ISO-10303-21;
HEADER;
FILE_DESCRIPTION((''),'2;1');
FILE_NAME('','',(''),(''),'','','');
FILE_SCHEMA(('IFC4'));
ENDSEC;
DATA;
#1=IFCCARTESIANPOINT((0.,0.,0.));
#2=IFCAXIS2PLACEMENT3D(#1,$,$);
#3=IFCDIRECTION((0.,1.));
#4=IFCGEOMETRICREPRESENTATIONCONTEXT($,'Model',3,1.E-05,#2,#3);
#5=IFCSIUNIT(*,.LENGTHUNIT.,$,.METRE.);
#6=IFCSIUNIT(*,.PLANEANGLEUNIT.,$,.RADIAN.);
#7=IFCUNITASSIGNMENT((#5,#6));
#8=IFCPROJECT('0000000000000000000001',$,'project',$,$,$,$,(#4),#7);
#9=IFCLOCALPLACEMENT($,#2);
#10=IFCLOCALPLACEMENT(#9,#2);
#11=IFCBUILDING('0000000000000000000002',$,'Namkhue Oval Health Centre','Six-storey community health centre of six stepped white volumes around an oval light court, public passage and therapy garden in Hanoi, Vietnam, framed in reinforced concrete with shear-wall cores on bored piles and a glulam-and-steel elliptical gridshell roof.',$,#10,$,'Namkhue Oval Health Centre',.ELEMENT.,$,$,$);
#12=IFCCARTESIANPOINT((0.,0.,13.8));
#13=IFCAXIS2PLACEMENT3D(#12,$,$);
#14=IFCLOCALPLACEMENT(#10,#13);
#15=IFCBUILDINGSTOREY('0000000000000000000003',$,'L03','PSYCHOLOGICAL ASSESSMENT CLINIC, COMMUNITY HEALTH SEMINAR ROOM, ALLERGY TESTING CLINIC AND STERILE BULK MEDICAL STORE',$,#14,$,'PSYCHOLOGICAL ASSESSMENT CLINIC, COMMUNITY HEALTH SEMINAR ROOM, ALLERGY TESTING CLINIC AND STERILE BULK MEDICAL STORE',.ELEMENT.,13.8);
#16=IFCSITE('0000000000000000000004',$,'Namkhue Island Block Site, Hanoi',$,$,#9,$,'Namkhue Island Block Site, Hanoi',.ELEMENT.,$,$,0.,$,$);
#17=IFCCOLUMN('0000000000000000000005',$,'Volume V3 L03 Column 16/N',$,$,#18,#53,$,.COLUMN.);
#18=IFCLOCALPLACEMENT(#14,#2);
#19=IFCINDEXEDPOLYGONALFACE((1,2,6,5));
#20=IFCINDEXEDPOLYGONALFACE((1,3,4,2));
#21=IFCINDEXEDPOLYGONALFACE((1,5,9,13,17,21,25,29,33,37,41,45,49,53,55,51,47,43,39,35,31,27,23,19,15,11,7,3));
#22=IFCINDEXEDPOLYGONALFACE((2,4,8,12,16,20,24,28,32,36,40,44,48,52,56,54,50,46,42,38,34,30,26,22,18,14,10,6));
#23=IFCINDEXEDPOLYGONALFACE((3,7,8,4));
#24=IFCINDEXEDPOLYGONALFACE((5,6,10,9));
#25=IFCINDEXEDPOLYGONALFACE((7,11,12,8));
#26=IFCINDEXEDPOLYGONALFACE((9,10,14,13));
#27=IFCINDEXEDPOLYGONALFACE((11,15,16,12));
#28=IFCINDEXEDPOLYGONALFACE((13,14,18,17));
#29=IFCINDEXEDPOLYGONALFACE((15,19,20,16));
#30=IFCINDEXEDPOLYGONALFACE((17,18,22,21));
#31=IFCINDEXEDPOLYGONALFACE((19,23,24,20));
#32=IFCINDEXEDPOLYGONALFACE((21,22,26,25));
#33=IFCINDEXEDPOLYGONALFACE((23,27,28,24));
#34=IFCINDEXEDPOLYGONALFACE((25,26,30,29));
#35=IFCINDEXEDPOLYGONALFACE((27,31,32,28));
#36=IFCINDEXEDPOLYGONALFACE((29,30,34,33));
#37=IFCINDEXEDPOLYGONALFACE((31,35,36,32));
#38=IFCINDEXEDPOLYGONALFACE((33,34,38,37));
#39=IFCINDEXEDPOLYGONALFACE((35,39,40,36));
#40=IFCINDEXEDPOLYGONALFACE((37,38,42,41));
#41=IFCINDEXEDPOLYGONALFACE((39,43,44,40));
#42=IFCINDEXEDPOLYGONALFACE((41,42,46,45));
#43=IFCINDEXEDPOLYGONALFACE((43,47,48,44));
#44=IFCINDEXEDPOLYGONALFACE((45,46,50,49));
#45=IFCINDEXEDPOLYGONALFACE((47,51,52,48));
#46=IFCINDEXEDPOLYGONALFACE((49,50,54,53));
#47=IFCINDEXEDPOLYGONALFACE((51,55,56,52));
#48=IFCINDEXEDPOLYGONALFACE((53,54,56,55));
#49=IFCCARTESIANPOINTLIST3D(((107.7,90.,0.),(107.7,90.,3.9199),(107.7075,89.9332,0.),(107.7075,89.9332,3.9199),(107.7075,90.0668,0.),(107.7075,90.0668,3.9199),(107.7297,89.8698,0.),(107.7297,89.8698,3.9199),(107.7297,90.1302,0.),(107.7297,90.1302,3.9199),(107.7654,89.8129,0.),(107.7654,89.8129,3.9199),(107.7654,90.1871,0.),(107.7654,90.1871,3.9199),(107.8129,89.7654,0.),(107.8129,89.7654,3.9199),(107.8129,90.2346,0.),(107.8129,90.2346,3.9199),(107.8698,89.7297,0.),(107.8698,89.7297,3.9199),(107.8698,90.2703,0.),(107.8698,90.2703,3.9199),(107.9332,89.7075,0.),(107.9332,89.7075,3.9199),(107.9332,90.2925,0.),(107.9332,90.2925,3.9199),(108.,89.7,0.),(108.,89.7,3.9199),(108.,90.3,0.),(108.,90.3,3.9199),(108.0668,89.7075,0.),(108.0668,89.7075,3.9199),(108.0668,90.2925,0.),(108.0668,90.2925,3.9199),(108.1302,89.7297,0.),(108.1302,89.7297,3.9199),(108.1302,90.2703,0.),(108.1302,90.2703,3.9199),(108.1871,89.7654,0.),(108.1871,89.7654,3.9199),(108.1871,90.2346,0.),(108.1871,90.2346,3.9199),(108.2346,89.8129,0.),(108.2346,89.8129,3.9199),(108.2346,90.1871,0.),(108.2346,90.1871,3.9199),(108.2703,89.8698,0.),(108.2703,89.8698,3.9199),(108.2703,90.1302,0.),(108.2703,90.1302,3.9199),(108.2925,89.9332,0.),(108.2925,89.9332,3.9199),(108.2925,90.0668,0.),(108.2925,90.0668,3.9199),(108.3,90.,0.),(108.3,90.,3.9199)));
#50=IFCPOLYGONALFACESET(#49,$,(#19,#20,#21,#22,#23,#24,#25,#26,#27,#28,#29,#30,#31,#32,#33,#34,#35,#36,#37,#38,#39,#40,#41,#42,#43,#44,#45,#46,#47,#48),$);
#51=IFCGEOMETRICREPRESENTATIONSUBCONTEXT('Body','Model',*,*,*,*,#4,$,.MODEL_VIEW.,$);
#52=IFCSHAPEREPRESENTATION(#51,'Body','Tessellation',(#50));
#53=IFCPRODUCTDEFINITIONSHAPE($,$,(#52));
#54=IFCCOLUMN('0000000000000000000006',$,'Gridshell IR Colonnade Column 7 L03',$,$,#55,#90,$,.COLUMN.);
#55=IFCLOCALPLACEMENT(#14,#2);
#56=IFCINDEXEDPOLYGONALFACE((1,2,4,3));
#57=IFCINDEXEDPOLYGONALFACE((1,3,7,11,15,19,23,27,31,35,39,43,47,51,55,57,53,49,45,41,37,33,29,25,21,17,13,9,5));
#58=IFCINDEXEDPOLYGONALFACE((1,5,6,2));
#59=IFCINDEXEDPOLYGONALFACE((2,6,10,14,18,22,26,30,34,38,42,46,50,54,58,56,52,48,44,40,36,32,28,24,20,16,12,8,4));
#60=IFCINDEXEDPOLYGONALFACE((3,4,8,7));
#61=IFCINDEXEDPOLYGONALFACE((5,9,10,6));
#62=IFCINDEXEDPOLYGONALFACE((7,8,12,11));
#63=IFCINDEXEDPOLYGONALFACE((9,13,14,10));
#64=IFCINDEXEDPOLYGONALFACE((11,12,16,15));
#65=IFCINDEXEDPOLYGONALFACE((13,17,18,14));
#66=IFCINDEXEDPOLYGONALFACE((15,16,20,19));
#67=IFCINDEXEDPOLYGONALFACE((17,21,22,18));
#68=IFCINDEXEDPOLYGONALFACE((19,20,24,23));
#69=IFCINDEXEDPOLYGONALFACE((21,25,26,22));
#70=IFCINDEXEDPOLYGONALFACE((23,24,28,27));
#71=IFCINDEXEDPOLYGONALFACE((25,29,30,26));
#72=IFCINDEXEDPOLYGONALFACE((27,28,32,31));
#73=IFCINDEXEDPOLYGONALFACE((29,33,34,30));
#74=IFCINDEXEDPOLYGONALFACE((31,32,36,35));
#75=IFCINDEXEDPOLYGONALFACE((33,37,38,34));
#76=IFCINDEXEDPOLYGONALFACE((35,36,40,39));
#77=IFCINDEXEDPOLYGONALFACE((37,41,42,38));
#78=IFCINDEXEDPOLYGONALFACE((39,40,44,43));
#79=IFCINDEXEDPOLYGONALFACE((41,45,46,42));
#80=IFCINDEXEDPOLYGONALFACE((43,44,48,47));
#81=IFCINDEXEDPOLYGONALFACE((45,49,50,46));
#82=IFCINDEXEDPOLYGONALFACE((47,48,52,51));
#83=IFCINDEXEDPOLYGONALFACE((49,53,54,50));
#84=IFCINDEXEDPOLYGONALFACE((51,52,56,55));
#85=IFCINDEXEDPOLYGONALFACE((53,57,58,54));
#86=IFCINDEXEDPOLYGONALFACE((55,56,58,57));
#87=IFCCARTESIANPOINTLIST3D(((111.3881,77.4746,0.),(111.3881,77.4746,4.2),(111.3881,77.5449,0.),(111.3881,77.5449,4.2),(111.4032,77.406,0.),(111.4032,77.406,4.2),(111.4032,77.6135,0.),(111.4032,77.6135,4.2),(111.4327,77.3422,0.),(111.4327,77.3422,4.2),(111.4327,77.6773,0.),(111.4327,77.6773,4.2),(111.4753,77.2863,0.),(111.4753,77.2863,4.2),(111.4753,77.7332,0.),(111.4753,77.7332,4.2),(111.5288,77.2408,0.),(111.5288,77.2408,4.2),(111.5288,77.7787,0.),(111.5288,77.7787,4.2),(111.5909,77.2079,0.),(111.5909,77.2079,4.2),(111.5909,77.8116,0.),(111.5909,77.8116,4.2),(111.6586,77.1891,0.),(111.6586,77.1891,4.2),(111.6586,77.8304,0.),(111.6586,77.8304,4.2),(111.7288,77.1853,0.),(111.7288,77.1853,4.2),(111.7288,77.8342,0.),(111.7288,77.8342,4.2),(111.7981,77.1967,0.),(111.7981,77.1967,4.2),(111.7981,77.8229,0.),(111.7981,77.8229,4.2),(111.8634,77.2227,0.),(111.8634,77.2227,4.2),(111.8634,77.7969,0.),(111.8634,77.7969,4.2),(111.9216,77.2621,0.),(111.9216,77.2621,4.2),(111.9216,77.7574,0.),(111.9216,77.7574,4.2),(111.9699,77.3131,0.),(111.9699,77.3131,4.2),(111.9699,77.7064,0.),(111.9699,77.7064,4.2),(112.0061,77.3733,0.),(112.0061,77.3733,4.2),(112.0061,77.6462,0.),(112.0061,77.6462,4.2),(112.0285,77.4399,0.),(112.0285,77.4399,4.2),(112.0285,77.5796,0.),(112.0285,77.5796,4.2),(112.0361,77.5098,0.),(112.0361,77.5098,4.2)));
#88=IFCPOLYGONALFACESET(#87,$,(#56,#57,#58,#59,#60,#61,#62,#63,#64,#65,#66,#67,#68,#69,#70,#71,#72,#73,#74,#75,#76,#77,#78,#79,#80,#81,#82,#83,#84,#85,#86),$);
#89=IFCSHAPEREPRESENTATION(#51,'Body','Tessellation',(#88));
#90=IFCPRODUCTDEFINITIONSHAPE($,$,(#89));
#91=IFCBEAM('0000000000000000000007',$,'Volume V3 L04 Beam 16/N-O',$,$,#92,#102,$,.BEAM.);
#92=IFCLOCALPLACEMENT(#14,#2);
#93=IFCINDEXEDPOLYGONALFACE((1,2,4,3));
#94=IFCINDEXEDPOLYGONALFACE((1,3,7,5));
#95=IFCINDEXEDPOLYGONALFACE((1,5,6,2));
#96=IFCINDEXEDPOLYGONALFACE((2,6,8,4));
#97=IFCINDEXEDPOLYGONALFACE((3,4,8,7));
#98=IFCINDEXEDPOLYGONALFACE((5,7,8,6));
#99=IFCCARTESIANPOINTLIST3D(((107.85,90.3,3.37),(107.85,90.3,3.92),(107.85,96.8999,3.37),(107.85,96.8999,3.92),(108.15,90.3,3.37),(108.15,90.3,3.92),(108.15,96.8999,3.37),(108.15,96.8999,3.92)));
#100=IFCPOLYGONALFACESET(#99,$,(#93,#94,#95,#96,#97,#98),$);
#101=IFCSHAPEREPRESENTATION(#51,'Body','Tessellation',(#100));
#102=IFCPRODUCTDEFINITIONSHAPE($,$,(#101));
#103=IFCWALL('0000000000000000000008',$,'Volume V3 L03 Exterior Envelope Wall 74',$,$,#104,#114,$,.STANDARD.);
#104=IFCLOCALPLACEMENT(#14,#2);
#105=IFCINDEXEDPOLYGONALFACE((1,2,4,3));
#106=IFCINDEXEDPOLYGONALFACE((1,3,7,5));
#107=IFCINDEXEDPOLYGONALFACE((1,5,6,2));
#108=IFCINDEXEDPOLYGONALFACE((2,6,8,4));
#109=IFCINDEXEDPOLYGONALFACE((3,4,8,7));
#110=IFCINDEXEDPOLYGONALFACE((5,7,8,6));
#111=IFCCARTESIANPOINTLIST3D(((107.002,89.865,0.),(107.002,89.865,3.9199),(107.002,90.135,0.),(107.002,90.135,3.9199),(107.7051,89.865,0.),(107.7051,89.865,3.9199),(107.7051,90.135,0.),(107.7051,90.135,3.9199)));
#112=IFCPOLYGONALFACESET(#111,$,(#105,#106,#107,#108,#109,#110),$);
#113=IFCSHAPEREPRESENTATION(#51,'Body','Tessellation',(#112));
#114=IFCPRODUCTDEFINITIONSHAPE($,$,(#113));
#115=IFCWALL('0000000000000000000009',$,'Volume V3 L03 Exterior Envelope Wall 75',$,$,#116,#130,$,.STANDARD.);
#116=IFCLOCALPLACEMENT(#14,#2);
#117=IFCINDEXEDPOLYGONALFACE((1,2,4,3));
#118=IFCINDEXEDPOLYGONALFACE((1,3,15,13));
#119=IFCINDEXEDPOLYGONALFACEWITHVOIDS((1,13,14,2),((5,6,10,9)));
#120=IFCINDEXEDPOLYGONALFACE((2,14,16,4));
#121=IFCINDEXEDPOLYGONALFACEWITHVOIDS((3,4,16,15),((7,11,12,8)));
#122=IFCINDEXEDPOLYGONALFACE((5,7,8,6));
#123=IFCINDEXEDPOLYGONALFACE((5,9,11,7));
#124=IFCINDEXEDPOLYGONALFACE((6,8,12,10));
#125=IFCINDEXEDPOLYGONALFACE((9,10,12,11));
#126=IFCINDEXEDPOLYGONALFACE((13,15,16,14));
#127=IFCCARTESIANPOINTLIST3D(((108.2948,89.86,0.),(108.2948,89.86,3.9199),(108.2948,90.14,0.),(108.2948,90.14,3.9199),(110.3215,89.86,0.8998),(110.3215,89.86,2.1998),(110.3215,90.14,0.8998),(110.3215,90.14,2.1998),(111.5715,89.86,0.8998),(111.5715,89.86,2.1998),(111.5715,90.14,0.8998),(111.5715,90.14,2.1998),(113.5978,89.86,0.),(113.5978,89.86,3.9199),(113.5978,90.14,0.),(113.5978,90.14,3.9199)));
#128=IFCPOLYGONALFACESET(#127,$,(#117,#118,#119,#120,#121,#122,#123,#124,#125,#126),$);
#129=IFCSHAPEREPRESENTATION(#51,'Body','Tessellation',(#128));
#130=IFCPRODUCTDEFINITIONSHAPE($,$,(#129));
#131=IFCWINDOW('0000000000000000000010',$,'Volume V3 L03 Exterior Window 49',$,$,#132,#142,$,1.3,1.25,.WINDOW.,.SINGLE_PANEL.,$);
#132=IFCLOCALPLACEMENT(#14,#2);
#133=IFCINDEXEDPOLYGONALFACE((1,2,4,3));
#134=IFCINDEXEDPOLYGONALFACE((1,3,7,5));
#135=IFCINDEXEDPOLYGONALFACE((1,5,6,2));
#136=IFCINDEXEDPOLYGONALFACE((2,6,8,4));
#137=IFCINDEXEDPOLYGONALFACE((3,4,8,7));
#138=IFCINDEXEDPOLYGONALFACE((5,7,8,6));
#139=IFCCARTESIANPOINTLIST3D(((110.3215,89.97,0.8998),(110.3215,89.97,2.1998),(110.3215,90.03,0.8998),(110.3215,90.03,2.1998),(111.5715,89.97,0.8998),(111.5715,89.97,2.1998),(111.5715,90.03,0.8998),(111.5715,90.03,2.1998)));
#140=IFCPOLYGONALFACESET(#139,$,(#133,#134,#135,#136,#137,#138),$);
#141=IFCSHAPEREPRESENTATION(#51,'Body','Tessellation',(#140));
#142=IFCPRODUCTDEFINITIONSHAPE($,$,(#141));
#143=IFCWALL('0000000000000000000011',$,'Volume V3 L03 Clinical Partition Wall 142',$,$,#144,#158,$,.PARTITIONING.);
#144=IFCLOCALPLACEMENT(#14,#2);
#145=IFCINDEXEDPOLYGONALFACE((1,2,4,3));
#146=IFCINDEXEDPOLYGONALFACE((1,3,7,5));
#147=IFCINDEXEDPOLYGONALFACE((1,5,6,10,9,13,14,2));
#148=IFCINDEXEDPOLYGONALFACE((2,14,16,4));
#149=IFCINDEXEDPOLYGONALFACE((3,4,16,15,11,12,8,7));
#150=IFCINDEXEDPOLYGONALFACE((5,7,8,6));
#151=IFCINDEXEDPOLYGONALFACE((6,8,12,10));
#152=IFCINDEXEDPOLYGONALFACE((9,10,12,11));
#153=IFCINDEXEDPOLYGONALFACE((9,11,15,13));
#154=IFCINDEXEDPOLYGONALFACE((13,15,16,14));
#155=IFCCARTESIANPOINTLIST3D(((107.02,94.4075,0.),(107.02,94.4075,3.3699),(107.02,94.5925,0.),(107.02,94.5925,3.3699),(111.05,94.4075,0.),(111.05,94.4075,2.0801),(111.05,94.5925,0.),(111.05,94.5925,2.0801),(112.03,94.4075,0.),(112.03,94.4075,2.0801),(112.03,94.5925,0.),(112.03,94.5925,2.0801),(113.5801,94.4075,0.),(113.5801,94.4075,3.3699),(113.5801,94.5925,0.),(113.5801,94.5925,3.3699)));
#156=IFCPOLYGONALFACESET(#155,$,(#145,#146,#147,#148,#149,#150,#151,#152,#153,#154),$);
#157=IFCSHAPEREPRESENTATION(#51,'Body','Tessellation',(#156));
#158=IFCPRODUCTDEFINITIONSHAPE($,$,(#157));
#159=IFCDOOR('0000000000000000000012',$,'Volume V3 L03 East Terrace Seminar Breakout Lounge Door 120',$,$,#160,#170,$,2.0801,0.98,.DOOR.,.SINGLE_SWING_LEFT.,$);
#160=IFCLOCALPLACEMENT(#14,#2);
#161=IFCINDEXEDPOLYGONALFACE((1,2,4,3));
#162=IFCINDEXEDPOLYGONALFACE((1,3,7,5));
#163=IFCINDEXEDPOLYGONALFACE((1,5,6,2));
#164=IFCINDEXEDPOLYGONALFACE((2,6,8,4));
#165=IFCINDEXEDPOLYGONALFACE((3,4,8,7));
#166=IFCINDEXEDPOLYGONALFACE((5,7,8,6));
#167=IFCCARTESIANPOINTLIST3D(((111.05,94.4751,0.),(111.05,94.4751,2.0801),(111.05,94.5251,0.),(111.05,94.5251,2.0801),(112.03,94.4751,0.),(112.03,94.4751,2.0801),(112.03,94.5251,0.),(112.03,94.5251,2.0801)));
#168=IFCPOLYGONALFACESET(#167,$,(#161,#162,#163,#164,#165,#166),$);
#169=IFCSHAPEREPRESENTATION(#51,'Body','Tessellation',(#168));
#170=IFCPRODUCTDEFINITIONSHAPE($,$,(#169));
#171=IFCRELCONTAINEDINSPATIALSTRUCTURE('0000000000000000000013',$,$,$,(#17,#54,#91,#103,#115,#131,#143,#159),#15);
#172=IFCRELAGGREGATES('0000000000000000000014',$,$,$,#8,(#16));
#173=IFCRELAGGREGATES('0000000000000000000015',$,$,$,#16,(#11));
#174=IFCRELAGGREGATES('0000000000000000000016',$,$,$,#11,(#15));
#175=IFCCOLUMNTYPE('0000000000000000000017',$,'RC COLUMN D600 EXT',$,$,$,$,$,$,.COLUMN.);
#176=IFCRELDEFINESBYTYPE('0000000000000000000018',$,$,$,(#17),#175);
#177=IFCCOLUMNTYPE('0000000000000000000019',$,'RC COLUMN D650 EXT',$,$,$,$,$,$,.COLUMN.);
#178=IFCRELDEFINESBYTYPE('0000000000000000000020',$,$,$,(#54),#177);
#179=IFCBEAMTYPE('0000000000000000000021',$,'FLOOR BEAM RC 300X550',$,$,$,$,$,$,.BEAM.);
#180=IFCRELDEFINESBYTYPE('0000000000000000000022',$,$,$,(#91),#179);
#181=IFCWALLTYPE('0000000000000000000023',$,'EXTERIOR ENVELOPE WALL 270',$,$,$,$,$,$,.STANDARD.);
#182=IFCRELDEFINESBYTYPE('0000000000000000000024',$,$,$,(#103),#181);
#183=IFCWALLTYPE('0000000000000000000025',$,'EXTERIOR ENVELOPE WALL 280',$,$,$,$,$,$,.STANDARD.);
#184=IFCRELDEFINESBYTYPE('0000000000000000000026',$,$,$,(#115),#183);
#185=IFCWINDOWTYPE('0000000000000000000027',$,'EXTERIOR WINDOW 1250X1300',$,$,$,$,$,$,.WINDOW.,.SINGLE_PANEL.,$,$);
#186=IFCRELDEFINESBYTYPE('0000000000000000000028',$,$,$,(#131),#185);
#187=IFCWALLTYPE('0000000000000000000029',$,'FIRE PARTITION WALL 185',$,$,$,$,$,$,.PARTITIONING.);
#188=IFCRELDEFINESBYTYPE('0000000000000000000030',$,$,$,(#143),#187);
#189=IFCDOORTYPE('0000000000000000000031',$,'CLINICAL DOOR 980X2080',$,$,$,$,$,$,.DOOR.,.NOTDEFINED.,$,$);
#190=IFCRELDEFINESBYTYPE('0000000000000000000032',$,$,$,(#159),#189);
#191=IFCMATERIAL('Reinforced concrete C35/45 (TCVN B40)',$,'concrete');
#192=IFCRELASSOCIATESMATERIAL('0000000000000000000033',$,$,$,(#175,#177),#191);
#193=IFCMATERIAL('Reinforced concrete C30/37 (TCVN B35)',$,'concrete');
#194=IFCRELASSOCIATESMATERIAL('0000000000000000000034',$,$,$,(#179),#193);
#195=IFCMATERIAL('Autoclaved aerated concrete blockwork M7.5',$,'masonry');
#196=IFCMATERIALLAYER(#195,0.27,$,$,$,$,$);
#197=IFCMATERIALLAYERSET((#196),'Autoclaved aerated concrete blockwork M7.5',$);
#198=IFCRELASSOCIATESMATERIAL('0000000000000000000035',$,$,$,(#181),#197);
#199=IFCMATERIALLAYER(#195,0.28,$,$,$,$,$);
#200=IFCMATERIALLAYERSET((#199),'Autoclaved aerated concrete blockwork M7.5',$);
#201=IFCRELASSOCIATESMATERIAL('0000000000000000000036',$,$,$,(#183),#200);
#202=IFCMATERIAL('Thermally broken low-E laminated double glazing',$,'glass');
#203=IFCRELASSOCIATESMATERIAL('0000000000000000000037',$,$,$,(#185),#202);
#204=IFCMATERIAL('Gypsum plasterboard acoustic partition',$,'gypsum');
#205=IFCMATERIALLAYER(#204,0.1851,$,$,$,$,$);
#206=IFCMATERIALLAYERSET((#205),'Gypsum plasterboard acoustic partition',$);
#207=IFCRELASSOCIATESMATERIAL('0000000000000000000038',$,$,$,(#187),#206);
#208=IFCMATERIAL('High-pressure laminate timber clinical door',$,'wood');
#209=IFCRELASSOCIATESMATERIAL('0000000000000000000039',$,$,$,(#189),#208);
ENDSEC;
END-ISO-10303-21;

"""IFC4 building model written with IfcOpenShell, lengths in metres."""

from ifc_helpers import new_model, si_unit, direction, frame, frame_2d, origin, origin_2d, place, context, subcontext, project, spatial, rectangle, circle, extrude, material, layer, layer_set, material_profile, profile_set, type_object, element, fill, save


model = new_model("IFC4")

# Units and contexts
model_context = context("Model", 3, precision=1e-05, world=origin(), true_north=direction((0.0, 1.0)))
body_context = subcontext(model_context, "Body", "Model", "MODEL_VIEW")
ifc_project = project(units=[si_unit("LENGTHUNIT", "METRE"), si_unit("PLANEANGLEUNIT", "RADIAN")], contexts=[model_context])

# Site, building, storey
site_placement = place(None, origin())
site = spatial("IfcSite", under=ifc_project, at=site_placement, Name="Namkhue Island Block Site, Hanoi", LongName="Namkhue Island Block Site, Hanoi", CompositionType="ELEMENT", RefElevation=0.0)
building_placement = place(site_placement, origin())
building = spatial("IfcBuilding", under=site, at=building_placement, Name="Namkhue Oval Health Centre", Description="Six-storey community health centre of six stepped white volumes around an oval light court, public passage and therapy garden in Hanoi, Vietnam, framed in reinforced concrete with shear-wall cores on bored piles and a glulam-and-steel elliptical gridshell roof.", LongName="Namkhue Oval Health Centre", CompositionType="ELEMENT")
storey_placement = place(building_placement, frame((0.0, 0.0, 13.8)))
storey = spatial("IfcBuildingStorey", under=building, at=storey_placement, Name="L03", Description="PSYCHOLOGICAL ASSESSMENT CLINIC, COMMUNITY HEALTH SEMINAR ROOM, ALLERGY TESTING CLINIC AND STERILE BULK MEDICAL STORE", LongName="PSYCHOLOGICAL ASSESSMENT CLINIC, COMMUNITY HEALTH SEMINAR ROOM, ALLERGY TESTING CLINIC AND STERILE BULK MEDICAL STORE", CompositionType="ELEMENT", Elevation=13.8)

# Columns
ifc_material_1 = material(Name="Reinforced concrete C35/45 (TCVN B40)", Category="concrete")
ifc_material_profile_1 = material_profile(ifc_material_1, circle(Radius=0.3, at=origin_2d()), Name="RC D600")
ifc_profile_set_1 = profile_set([ifc_material_profile_1], Name="Reinforced concrete C35/45 (TCVN B40)")
column_type_1 = type_object("IfcColumnType", Name="RC COLUMN D600 EXT", PredefinedType="COLUMN", material=ifc_profile_set_1)
column_1_placement = place(storey_placement, frame((108.0, 90.0, 0.0), z_axis=(0.0, 0.0, 1.0), x_axis=(1.0, 0.0, 0.0)))
element("IfcColumn", 1, at=column_1_placement, inside=storey, type_object=column_type_1, Name="Volume V3 L03 Column 16/N", PredefinedType="COLUMN", context=body_context, shape_type="SweptSolid", body=[
    extrude(circle(Radius=0.3, at=origin_2d()), origin(), (0.0, 0.0, 1.0), 3.9199),
])
ifc_material_profile_2 = material_profile(ifc_material_1, circle(Radius=0.325, at=origin_2d()), Name="RC D650")
ifc_profile_set_2 = profile_set([ifc_material_profile_2], Name="Reinforced concrete C35/45 (TCVN B40)")
column_type_2 = type_object("IfcColumnType", Name="RC COLUMN D650 EXT", PredefinedType="COLUMN", material=ifc_profile_set_2)
column_2_placement = place(storey_placement, frame((111.7112, 77.5098, 0.0), z_axis=(0.0, 0.0, 1.0), x_axis=(1.0, 0.0, 0.0)))
element("IfcColumn", 2, at=column_2_placement, inside=storey, type_object=column_type_2, Name="Gridshell IR Colonnade Column 7 L03", PredefinedType="COLUMN", context=body_context, shape_type="SweptSolid", body=[
    extrude(circle(Radius=0.325, at=origin_2d()), origin(), (0.0, 0.0, 1.0), 4.2),
])

# Beam
ifc_material_2 = material(Name="Reinforced concrete C30/37 (TCVN B35)", Category="concrete")
ifc_material_profile_3 = material_profile(ifc_material_2, rectangle(XDim=0.3, YDim=0.55, at=origin_2d()), Name="RC 300x550")
ifc_profile_set_3 = profile_set([ifc_material_profile_3], Name="Reinforced concrete C30/37 (TCVN B35)")
beam_type = type_object("IfcBeamType", Name="FLOOR BEAM RC 300X550", PredefinedType="BEAM", material=ifc_profile_set_3)
beam_placement = place(storey_placement, frame((108.0, 90.3, 3.645), z_axis=(0.0, 1.0, 0.0), x_axis=(-1.0, 0.0, 0.0)))
element("IfcBeam", 3, at=beam_placement, inside=storey, type_object=beam_type, Name="Volume V3 L04 Beam 16/N-O", PredefinedType="BEAM", context=body_context, shape_type="SweptSolid", body=[
    extrude(rectangle(XDim=0.3, YDim=0.55, at=origin_2d()), origin(), (0.0, 0.0, 1.0), 6.5999),
])

# Wall
ifc_material_3 = material(Name="Autoclaved aerated concrete blockwork M7.5", Category="masonry")
ifc_layer_1 = layer(ifc_material_3, 0.27)
ifc_layer_set_1 = layer_set([ifc_layer_1], Name="Autoclaved aerated concrete blockwork M7.5")
wall_type_1 = type_object("IfcWallType", Name="EXTERIOR ENVELOPE WALL 270", PredefinedType="STANDARD", material=ifc_layer_set_1)
wall_1_placement = place(storey_placement, frame((107.002, 90.0, 0.0), z_axis=(0.0, 0.0, 1.0), x_axis=(1.0, 0.0, 0.0)))
element("IfcWall", 4, at=wall_1_placement, inside=storey, type_object=wall_type_1, Name="Volume V3 L03 Exterior Envelope Wall 74", PredefinedType="STANDARD", context=body_context, shape_type="SweptSolid", body=[
    extrude(rectangle(XDim=0.7031, YDim=0.27, at=frame_2d((0.3516, 0.0))), origin(), (0.0, 0.0, 1.0), 3.9199),
])

# Wall, opening, window
ifc_layer_2 = layer(ifc_material_3, 0.28)
ifc_layer_set_2 = layer_set([ifc_layer_2], Name="Autoclaved aerated concrete blockwork M7.5")
wall_type_2 = type_object("IfcWallType", Name="EXTERIOR ENVELOPE WALL 280", PredefinedType="STANDARD", material=ifc_layer_set_2)
wall_2_placement = place(storey_placement, frame((108.2949, 90.0, 0.0), z_axis=(0.0, 0.0, 1.0), x_axis=(1.0, 0.0, 0.0)))
wall_2 = element("IfcWall", 5, at=wall_2_placement, inside=storey, type_object=wall_type_2, Name="Volume V3 L03 Exterior Envelope Wall 75", PredefinedType="STANDARD", context=body_context, shape_type="SweptSolid", body=[
    extrude(rectangle(XDim=5.303, YDim=0.28, at=frame_2d((2.6514, 0.0))), origin(), (0.0, 0.0, 1.0), 3.9199),
])
opening_1_placement = place(wall_2_placement, frame((2.0266, 0.0, 0.8999)))
opening_1 = element("IfcOpeningElement", 6, at=opening_1_placement, cuts=wall_2, PredefinedType="OPENING", context=body_context, shape_type="SweptSolid", body=[
    extrude(rectangle(XDim=1.25, YDim=1.3, at=frame_2d((0.625, 0.6499))), frame((0.0, 0.1499, 0.0), z_axis=(0.0, -1.0, 0.0), x_axis=(1.0, 0.0, 0.0)), (0.0, 0.0, 1.0), 0.3),
])
ifc_material_4 = material(Name="Thermally broken low-E laminated double glazing", Category="glass")
window_type_1 = type_object("IfcWindowType", Name="EXTERIOR WINDOW 1250X1300", PartitioningType="SINGLE_PANEL", PredefinedType="WINDOW", material=ifc_material_4)
window_1_placement = place(opening_1_placement, origin())
window_1 = element("IfcWindow", 7, at=window_1_placement, inside=storey, type_object=window_type_1, Name="Volume V3 L03 Exterior Window 49", OverallHeight=1.3, OverallWidth=1.25, PartitioningType="SINGLE_PANEL", PredefinedType="WINDOW", context=body_context, shape_type="SweptSolid", body=[
    extrude(rectangle(XDim=1.25, YDim=1.3, at=frame_2d((0.625, 0.6499))), frame((0.0, 0.03, 0.0), z_axis=(0.0, -1.0, 0.0), x_axis=(1.0, 0.0, 0.0)), (0.0, 0.0, 1.0), 0.0601),
])
fill(opening_1, window_1)

# Wall, opening, door
ifc_material_5 = material(Name="Gypsum plasterboard acoustic partition", Category="gypsum")
ifc_layer_3 = layer(ifc_material_5, 0.1851)
ifc_layer_set_3 = layer_set([ifc_layer_3], Name="Gypsum plasterboard acoustic partition")
wall_type_3 = type_object("IfcWallType", Name="FIRE PARTITION WALL 185", PredefinedType="PARTITIONING", material=ifc_layer_set_3)
wall_3_placement = place(storey_placement, frame((107.02, 94.5, 0.0), z_axis=(0.0, 0.0, 1.0), x_axis=(1.0, 0.0, 0.0)))
wall_3 = element("IfcWall", 8, at=wall_3_placement, inside=storey, type_object=wall_type_3, Name="Volume V3 L03 Clinical Partition Wall 142", PredefinedType="PARTITIONING", context=body_context, shape_type="SweptSolid", body=[
    extrude(rectangle(XDim=6.5601, YDim=0.1851, at=frame_2d((3.28, 0.0))), origin(), (0.0, 0.0, 1.0), 3.3699),
])
opening_2_placement = place(wall_3_placement, frame((4.03, 0.0, 0.0)))
opening_2 = element("IfcOpeningElement", 9, at=opening_2_placement, cuts=wall_3, PredefinedType="OPENING", context=body_context, shape_type="SweptSolid", body=[
    extrude(rectangle(XDim=0.98, YDim=2.0801, at=frame_2d((0.49, 1.04))), frame((0.0, 0.1025, 0.0), z_axis=(0.0, -1.0, 0.0), x_axis=(1.0, 0.0, 0.0)), (0.0, 0.0, 1.0), 0.2051),
])
ifc_material_6 = material(Name="High-pressure laminate timber clinical door", Category="wood")
door_type = type_object("IfcDoorType", Name="CLINICAL DOOR 980X2080", OperationType="NOTDEFINED", PredefinedType="DOOR", material=ifc_material_6)
door_placement = place(opening_2_placement, frame((0.98, 0.0, 0.0), z_axis=(0.0, 0.0, 1.0), x_axis=(-1.0, 0.0, 0.0)))
door = element("IfcDoor", 10, at=door_placement, inside=storey, type_object=door_type, Name="Volume V3 L03 East Terrace Seminar Breakout Lounge Door 120", OperationType="SINGLE_SWING_LEFT", OverallHeight=2.0801, OverallWidth=0.98, PredefinedType="DOOR", context=body_context, shape_type="SweptSolid", body=[
    extrude(rectangle(XDim=0.98, YDim=2.0801, at=frame_2d((0.49, 1.04))), frame((0.0, 0.0249, 0.0), z_axis=(0.0, -1.0, 0.0), x_axis=(1.0, 0.0, 0.0)), (0.0, 0.0, 1.0), 0.05),
])
fill(opening_2, door)

save(model, "model.ifc")
